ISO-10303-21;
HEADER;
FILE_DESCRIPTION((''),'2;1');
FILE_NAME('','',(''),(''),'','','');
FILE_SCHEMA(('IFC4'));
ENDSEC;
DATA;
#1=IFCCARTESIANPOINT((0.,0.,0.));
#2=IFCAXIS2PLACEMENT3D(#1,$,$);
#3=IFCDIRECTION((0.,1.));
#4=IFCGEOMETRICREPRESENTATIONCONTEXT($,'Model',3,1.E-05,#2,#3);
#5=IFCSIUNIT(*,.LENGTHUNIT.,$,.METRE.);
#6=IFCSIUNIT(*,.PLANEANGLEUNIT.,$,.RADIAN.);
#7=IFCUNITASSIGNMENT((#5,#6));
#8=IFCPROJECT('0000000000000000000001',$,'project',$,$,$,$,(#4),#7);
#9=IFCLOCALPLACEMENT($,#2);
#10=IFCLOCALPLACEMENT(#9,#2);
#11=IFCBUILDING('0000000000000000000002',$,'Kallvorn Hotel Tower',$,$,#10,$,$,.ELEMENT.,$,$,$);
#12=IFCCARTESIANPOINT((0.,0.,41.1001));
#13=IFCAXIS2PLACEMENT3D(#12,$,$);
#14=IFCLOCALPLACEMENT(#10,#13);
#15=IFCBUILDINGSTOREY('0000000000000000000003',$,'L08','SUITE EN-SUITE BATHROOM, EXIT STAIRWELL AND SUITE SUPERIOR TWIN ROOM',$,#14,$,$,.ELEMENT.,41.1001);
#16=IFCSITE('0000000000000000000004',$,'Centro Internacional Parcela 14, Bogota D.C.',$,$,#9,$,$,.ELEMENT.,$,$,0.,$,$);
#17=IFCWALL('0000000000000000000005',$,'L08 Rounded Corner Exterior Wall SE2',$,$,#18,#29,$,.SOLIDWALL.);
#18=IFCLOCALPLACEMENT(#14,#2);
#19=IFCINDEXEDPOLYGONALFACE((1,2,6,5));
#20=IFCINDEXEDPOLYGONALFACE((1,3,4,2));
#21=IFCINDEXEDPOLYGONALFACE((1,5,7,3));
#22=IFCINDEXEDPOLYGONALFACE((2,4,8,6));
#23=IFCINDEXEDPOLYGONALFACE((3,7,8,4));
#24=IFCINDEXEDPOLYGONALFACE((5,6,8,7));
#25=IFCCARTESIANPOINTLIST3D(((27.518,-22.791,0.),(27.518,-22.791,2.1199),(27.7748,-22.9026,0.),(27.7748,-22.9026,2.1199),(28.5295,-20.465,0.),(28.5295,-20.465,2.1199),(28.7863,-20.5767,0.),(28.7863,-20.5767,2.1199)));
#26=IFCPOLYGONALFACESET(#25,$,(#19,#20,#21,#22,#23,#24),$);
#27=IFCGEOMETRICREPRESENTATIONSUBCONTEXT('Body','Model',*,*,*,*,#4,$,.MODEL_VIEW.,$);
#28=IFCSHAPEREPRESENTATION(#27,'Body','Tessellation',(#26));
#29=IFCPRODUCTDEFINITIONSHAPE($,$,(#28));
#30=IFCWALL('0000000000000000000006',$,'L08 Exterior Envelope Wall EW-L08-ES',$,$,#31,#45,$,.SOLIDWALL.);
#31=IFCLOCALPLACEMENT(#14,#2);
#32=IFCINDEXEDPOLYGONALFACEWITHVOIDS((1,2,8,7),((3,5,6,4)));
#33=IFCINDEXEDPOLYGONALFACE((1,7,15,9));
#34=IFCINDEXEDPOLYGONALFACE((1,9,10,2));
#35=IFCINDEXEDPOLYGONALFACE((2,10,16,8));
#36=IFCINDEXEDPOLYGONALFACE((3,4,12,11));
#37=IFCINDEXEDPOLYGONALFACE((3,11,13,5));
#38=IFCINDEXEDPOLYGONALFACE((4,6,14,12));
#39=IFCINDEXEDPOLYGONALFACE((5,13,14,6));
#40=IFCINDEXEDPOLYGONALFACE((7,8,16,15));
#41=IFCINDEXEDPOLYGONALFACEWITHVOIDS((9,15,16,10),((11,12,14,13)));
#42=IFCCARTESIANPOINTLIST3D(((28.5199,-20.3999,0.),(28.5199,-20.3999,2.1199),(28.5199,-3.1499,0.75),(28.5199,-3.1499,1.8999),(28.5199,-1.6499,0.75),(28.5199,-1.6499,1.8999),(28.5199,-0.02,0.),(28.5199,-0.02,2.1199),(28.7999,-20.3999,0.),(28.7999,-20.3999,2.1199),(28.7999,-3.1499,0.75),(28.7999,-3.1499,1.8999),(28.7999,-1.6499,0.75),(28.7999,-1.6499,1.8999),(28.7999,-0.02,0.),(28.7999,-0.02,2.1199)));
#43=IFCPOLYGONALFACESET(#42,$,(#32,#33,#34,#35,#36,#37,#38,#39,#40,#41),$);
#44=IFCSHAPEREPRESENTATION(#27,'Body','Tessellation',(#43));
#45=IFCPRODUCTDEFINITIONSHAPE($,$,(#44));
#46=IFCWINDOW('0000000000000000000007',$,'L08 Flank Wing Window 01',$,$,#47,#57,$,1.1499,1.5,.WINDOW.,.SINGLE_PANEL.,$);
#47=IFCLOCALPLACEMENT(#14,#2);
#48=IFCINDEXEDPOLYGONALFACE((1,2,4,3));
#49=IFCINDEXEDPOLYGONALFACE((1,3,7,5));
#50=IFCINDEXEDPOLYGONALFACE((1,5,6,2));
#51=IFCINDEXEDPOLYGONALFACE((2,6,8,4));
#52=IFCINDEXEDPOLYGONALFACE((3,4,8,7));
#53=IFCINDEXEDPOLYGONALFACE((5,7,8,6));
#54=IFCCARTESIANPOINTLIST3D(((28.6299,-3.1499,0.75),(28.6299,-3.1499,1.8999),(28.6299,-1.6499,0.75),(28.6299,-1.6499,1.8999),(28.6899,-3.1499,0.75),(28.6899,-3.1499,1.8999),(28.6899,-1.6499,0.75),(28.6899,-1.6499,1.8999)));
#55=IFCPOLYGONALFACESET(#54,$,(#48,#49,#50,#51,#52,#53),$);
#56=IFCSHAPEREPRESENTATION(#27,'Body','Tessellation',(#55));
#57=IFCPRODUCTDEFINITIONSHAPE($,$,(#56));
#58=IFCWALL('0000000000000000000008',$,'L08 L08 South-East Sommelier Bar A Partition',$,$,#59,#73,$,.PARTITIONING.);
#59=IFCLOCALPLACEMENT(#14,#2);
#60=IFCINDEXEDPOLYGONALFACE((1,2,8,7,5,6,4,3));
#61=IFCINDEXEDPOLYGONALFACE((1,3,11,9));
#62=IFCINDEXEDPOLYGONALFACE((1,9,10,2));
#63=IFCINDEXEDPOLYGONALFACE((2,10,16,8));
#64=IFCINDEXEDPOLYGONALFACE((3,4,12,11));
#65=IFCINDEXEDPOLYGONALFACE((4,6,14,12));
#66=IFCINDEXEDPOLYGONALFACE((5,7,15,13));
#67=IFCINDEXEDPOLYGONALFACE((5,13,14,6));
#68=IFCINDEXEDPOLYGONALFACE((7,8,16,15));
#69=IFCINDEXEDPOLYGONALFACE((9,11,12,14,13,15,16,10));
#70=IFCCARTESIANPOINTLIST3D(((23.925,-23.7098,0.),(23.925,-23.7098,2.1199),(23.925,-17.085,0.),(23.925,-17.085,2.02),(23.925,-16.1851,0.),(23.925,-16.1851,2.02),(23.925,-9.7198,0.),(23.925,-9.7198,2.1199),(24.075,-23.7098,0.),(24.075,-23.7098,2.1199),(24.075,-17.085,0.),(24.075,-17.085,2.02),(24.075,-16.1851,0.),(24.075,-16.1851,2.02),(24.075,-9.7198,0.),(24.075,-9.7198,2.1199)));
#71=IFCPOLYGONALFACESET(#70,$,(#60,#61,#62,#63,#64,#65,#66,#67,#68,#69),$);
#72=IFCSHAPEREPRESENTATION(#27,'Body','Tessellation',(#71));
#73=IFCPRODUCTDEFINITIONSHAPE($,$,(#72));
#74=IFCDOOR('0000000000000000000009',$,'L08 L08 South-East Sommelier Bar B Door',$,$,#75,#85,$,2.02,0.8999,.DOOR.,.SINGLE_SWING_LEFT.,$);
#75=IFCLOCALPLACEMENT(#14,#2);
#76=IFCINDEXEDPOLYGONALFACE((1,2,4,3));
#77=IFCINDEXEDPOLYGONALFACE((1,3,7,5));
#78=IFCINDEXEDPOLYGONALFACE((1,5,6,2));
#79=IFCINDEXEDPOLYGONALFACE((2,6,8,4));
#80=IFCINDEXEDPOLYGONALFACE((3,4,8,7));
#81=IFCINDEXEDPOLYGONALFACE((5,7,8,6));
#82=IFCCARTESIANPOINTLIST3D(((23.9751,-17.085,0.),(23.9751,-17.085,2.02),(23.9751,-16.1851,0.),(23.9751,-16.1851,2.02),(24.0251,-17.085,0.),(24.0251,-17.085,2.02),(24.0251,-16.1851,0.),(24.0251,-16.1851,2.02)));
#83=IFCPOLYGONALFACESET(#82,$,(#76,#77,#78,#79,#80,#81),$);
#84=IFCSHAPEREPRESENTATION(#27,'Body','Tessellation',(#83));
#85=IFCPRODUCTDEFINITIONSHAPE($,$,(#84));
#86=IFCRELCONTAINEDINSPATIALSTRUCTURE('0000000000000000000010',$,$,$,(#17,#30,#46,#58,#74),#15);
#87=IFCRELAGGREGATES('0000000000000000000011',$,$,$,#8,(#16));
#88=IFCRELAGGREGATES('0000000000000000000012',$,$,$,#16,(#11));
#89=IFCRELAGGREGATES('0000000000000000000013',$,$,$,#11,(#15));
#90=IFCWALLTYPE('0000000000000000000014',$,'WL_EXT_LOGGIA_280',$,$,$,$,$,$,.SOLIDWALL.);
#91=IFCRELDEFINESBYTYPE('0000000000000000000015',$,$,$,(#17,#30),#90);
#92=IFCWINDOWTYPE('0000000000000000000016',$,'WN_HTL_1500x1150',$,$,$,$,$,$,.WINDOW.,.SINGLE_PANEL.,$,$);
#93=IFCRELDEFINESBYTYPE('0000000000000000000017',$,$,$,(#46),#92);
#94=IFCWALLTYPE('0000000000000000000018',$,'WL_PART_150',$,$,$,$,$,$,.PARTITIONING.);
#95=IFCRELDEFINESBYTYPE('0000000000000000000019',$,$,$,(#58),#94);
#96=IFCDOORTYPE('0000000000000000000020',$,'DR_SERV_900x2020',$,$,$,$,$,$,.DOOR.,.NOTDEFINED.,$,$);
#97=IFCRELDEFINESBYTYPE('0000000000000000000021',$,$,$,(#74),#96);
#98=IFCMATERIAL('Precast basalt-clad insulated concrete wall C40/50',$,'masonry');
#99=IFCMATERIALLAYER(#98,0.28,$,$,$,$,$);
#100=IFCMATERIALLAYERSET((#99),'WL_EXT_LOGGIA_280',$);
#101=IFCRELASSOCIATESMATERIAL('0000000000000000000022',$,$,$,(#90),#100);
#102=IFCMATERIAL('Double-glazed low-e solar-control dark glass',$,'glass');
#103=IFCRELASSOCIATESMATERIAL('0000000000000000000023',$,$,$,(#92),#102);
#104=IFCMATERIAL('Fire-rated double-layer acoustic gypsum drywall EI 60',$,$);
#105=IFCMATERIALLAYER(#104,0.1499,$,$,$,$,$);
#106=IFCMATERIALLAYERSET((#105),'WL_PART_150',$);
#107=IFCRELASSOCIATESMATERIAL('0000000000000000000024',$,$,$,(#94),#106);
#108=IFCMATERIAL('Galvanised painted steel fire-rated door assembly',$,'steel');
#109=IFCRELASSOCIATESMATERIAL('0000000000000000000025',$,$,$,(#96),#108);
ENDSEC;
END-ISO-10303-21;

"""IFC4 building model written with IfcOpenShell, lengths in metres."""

from ifc_helpers import new_model, si_unit, direction, frame, frame_2d, origin, place, context, subcontext, project, spatial, rectangle, extrude, material, layer, layer_set, type_object, element, fill, save


model = new_model("IFC4")

# Units and contexts
model_context = context("Model", 3, precision=1e-05, world=origin(), true_north=direction((0.0, 1.0)))
body_context = subcontext(model_context, "Body", "Model", "MODEL_VIEW")
ifc_project = project(units=[si_unit("LENGTHUNIT", "METRE"), si_unit("PLANEANGLEUNIT", "RADIAN")], contexts=[model_context])

# Site, building, storey
site_placement = place(None, origin())
site = spatial("IfcSite", under=ifc_project, at=site_placement, Name="Centro Internacional Parcela 14, Bogota D.C.", CompositionType="ELEMENT", RefElevation=0.0)
building_placement = place(site_placement, origin())
building = spatial("IfcBuilding", under=site, at=building_placement, Name="Kallvorn Hotel Tower", CompositionType="ELEMENT")
storey_placement = place(building_placement, frame((0.0, 0.0, 41.1001)))
storey = spatial("IfcBuildingStorey", under=building, at=storey_placement, Name="L08", Description="SUITE EN-SUITE BATHROOM, EXIT STAIRWELL AND SUITE SUPERIOR TWIN ROOM", CompositionType="ELEMENT", Elevation=41.1001)

# Wall
ifc_material_1 = material(Name="Precast basalt-clad insulated concrete wall C40/50", Category="masonry")
ifc_layer_1 = layer(ifc_material_1, 0.28)
ifc_layer_set_1 = layer_set([ifc_layer_1], Name="WL_EXT_LOGGIA_280")
wall_type_1 = type_object("IfcWallType", Name="WL_EXT_LOGGIA_280", PredefinedType="SOLIDWALL", material=ifc_layer_set_1)
wall_1_placement = place(storey_placement, frame((27.6465, -22.8467, 0.0), z_axis=(0.0, 0.0, 1.0), x_axis=(0.398793, 0.917041, 0.0)))
element("IfcWall", 1, at=wall_1_placement, inside=storey, type_object=wall_type_1, Name="L08 Rounded Corner Exterior Wall SE2", PredefinedType="SOLIDWALL", context=body_context, shape_type="SweptSolid", body=[
    extrude(rectangle(XDim=2.5364, YDim=0.28, at=frame_2d((1.2681, 0.0))), origin(), (0.0, 0.0, 1.0), 2.1199),
])

# Wall, opening, window
wall_2_placement = place(storey_placement, frame((28.6599, -20.3999, 0.0), z_axis=(0.0, 0.0, 1.0), x_axis=(0.0, 1.0, 0.0)))
wall_2 = element("IfcWall", 2, at=wall_2_placement, inside=storey, type_object=wall_type_1, Name="L08 Exterior Envelope Wall EW-L08-ES", PredefinedType="SOLIDWALL", context=body_context, shape_type="SweptSolid", body=[
    extrude(rectangle(XDim=20.3799, YDim=0.28, at=frame_2d((10.1899, 0.0))), origin(), (0.0, 0.0, 1.0), 2.1199),
])
opening_1_placement = place(wall_2_placement, frame((17.25, 0.0, 0.75)))
opening_1 = element("IfcOpeningElement", 3, at=opening_1_placement, cuts=wall_2, PredefinedType="OPENING", context=body_context, shape_type="SweptSolid", body=[
    extrude(rectangle(XDim=1.5, YDim=1.1499, at=frame_2d((0.75, 0.575))), frame((0.0, 0.155, 0.0), z_axis=(0.0, -1.0, 0.0), x_axis=(1.0, 0.0, 0.0)), (0.0, 0.0, 1.0), 0.3101),
])
ifc_material_2 = material(Name="Double-glazed low-e solar-control dark glass", Category="glass")
window_type = type_object("IfcWindowType", Name="WN_HTL_1500x1150", PartitioningType="SINGLE_PANEL", PredefinedType="WINDOW", material=ifc_material_2)
window_placement = place(opening_1_placement, origin())
window = element("IfcWindow", 4, at=window_placement, inside=storey, type_object=window_type, Name="L08 Flank Wing Window 01", OverallHeight=1.1499, OverallWidth=1.5, PartitioningType="SINGLE_PANEL", PredefinedType="WINDOW", context=body_context, shape_type="SweptSolid", body=[
    extrude(rectangle(XDim=1.5, YDim=1.1499, at=frame_2d((0.75, 0.575))), frame((0.0, 0.03, 0.0), z_axis=(0.0, -1.0, 0.0), x_axis=(1.0, 0.0, 0.0)), (0.0, 0.0, 1.0), 0.0601),
])
fill(opening_1, window)

# Wall, opening, door
ifc_material_3 = material(Name="Fire-rated double-layer acoustic gypsum drywall EI 60")
ifc_layer_2 = layer(ifc_material_3, 0.1499)
ifc_layer_set_2 = layer_set([ifc_layer_2], Name="WL_PART_150")
wall_type_2 = type_object("IfcWallType", Name="WL_PART_150", PredefinedType="PARTITIONING", material=ifc_layer_set_2)
wall_3_placement = place(storey_placement, frame((24.0, -23.71, 0.0), z_axis=(0.0, 0.0, 1.0), x_axis=(0.0, 1.0, 0.0)))
wall_3 = element("IfcWall", 5, at=wall_3_placement, inside=storey, type_object=wall_type_2, Name="L08 L08 South-East Sommelier Bar A Partition", PredefinedType="PARTITIONING", context=body_context, shape_type="SweptSolid", body=[
    extrude(rectangle(XDim=13.99, YDim=0.1499, at=frame_2d((6.9951, 0.0))), origin(), (0.0, 0.0, 1.0), 2.1199),
])
opening_2_placement = place(wall_3_placement, frame((6.625, 0.0, 0.0)))
opening_2 = element("IfcOpeningElement", 6, at=opening_2_placement, cuts=wall_3, PredefinedType="OPENING", context=body_context, shape_type="SweptSolid", body=[
    extrude(rectangle(XDim=0.8999, YDim=2.02, at=frame_2d((0.45, 1.01))), frame((0.0, 0.0898, 0.0), z_axis=(0.0, -1.0, 0.0), x_axis=(1.0, 0.0, 0.0)), (0.0, 0.0, 1.0), 0.1799),
])
ifc_material_4 = material(Name="Galvanised painted steel fire-rated door assembly", Category="steel")
door_type = type_object("IfcDoorType", Name="DR_SERV_900x2020", OperationType="NOTDEFINED", PredefinedType="DOOR", material=ifc_material_4)
door_placement = place(opening_2_placement, origin())
door = element("IfcDoor", 7, at=door_placement, inside=storey, type_object=door_type, Name="L08 L08 South-East Sommelier Bar B Door", OperationType="SINGLE_SWING_LEFT", OverallHeight=2.02, OverallWidth=0.8999, PredefinedType="DOOR", context=body_context, shape_type="SweptSolid", body=[
    extrude(rectangle(XDim=0.8999, YDim=2.02, at=frame_2d((0.45, 1.01))), frame((0.0, 0.0249, 0.0), z_axis=(0.0, -1.0, 0.0), x_axis=(1.0, 0.0, 0.0)), (0.0, 0.0, 1.0), 0.05),
])
fill(opening_2, door)

save(model, "model.ifc")
